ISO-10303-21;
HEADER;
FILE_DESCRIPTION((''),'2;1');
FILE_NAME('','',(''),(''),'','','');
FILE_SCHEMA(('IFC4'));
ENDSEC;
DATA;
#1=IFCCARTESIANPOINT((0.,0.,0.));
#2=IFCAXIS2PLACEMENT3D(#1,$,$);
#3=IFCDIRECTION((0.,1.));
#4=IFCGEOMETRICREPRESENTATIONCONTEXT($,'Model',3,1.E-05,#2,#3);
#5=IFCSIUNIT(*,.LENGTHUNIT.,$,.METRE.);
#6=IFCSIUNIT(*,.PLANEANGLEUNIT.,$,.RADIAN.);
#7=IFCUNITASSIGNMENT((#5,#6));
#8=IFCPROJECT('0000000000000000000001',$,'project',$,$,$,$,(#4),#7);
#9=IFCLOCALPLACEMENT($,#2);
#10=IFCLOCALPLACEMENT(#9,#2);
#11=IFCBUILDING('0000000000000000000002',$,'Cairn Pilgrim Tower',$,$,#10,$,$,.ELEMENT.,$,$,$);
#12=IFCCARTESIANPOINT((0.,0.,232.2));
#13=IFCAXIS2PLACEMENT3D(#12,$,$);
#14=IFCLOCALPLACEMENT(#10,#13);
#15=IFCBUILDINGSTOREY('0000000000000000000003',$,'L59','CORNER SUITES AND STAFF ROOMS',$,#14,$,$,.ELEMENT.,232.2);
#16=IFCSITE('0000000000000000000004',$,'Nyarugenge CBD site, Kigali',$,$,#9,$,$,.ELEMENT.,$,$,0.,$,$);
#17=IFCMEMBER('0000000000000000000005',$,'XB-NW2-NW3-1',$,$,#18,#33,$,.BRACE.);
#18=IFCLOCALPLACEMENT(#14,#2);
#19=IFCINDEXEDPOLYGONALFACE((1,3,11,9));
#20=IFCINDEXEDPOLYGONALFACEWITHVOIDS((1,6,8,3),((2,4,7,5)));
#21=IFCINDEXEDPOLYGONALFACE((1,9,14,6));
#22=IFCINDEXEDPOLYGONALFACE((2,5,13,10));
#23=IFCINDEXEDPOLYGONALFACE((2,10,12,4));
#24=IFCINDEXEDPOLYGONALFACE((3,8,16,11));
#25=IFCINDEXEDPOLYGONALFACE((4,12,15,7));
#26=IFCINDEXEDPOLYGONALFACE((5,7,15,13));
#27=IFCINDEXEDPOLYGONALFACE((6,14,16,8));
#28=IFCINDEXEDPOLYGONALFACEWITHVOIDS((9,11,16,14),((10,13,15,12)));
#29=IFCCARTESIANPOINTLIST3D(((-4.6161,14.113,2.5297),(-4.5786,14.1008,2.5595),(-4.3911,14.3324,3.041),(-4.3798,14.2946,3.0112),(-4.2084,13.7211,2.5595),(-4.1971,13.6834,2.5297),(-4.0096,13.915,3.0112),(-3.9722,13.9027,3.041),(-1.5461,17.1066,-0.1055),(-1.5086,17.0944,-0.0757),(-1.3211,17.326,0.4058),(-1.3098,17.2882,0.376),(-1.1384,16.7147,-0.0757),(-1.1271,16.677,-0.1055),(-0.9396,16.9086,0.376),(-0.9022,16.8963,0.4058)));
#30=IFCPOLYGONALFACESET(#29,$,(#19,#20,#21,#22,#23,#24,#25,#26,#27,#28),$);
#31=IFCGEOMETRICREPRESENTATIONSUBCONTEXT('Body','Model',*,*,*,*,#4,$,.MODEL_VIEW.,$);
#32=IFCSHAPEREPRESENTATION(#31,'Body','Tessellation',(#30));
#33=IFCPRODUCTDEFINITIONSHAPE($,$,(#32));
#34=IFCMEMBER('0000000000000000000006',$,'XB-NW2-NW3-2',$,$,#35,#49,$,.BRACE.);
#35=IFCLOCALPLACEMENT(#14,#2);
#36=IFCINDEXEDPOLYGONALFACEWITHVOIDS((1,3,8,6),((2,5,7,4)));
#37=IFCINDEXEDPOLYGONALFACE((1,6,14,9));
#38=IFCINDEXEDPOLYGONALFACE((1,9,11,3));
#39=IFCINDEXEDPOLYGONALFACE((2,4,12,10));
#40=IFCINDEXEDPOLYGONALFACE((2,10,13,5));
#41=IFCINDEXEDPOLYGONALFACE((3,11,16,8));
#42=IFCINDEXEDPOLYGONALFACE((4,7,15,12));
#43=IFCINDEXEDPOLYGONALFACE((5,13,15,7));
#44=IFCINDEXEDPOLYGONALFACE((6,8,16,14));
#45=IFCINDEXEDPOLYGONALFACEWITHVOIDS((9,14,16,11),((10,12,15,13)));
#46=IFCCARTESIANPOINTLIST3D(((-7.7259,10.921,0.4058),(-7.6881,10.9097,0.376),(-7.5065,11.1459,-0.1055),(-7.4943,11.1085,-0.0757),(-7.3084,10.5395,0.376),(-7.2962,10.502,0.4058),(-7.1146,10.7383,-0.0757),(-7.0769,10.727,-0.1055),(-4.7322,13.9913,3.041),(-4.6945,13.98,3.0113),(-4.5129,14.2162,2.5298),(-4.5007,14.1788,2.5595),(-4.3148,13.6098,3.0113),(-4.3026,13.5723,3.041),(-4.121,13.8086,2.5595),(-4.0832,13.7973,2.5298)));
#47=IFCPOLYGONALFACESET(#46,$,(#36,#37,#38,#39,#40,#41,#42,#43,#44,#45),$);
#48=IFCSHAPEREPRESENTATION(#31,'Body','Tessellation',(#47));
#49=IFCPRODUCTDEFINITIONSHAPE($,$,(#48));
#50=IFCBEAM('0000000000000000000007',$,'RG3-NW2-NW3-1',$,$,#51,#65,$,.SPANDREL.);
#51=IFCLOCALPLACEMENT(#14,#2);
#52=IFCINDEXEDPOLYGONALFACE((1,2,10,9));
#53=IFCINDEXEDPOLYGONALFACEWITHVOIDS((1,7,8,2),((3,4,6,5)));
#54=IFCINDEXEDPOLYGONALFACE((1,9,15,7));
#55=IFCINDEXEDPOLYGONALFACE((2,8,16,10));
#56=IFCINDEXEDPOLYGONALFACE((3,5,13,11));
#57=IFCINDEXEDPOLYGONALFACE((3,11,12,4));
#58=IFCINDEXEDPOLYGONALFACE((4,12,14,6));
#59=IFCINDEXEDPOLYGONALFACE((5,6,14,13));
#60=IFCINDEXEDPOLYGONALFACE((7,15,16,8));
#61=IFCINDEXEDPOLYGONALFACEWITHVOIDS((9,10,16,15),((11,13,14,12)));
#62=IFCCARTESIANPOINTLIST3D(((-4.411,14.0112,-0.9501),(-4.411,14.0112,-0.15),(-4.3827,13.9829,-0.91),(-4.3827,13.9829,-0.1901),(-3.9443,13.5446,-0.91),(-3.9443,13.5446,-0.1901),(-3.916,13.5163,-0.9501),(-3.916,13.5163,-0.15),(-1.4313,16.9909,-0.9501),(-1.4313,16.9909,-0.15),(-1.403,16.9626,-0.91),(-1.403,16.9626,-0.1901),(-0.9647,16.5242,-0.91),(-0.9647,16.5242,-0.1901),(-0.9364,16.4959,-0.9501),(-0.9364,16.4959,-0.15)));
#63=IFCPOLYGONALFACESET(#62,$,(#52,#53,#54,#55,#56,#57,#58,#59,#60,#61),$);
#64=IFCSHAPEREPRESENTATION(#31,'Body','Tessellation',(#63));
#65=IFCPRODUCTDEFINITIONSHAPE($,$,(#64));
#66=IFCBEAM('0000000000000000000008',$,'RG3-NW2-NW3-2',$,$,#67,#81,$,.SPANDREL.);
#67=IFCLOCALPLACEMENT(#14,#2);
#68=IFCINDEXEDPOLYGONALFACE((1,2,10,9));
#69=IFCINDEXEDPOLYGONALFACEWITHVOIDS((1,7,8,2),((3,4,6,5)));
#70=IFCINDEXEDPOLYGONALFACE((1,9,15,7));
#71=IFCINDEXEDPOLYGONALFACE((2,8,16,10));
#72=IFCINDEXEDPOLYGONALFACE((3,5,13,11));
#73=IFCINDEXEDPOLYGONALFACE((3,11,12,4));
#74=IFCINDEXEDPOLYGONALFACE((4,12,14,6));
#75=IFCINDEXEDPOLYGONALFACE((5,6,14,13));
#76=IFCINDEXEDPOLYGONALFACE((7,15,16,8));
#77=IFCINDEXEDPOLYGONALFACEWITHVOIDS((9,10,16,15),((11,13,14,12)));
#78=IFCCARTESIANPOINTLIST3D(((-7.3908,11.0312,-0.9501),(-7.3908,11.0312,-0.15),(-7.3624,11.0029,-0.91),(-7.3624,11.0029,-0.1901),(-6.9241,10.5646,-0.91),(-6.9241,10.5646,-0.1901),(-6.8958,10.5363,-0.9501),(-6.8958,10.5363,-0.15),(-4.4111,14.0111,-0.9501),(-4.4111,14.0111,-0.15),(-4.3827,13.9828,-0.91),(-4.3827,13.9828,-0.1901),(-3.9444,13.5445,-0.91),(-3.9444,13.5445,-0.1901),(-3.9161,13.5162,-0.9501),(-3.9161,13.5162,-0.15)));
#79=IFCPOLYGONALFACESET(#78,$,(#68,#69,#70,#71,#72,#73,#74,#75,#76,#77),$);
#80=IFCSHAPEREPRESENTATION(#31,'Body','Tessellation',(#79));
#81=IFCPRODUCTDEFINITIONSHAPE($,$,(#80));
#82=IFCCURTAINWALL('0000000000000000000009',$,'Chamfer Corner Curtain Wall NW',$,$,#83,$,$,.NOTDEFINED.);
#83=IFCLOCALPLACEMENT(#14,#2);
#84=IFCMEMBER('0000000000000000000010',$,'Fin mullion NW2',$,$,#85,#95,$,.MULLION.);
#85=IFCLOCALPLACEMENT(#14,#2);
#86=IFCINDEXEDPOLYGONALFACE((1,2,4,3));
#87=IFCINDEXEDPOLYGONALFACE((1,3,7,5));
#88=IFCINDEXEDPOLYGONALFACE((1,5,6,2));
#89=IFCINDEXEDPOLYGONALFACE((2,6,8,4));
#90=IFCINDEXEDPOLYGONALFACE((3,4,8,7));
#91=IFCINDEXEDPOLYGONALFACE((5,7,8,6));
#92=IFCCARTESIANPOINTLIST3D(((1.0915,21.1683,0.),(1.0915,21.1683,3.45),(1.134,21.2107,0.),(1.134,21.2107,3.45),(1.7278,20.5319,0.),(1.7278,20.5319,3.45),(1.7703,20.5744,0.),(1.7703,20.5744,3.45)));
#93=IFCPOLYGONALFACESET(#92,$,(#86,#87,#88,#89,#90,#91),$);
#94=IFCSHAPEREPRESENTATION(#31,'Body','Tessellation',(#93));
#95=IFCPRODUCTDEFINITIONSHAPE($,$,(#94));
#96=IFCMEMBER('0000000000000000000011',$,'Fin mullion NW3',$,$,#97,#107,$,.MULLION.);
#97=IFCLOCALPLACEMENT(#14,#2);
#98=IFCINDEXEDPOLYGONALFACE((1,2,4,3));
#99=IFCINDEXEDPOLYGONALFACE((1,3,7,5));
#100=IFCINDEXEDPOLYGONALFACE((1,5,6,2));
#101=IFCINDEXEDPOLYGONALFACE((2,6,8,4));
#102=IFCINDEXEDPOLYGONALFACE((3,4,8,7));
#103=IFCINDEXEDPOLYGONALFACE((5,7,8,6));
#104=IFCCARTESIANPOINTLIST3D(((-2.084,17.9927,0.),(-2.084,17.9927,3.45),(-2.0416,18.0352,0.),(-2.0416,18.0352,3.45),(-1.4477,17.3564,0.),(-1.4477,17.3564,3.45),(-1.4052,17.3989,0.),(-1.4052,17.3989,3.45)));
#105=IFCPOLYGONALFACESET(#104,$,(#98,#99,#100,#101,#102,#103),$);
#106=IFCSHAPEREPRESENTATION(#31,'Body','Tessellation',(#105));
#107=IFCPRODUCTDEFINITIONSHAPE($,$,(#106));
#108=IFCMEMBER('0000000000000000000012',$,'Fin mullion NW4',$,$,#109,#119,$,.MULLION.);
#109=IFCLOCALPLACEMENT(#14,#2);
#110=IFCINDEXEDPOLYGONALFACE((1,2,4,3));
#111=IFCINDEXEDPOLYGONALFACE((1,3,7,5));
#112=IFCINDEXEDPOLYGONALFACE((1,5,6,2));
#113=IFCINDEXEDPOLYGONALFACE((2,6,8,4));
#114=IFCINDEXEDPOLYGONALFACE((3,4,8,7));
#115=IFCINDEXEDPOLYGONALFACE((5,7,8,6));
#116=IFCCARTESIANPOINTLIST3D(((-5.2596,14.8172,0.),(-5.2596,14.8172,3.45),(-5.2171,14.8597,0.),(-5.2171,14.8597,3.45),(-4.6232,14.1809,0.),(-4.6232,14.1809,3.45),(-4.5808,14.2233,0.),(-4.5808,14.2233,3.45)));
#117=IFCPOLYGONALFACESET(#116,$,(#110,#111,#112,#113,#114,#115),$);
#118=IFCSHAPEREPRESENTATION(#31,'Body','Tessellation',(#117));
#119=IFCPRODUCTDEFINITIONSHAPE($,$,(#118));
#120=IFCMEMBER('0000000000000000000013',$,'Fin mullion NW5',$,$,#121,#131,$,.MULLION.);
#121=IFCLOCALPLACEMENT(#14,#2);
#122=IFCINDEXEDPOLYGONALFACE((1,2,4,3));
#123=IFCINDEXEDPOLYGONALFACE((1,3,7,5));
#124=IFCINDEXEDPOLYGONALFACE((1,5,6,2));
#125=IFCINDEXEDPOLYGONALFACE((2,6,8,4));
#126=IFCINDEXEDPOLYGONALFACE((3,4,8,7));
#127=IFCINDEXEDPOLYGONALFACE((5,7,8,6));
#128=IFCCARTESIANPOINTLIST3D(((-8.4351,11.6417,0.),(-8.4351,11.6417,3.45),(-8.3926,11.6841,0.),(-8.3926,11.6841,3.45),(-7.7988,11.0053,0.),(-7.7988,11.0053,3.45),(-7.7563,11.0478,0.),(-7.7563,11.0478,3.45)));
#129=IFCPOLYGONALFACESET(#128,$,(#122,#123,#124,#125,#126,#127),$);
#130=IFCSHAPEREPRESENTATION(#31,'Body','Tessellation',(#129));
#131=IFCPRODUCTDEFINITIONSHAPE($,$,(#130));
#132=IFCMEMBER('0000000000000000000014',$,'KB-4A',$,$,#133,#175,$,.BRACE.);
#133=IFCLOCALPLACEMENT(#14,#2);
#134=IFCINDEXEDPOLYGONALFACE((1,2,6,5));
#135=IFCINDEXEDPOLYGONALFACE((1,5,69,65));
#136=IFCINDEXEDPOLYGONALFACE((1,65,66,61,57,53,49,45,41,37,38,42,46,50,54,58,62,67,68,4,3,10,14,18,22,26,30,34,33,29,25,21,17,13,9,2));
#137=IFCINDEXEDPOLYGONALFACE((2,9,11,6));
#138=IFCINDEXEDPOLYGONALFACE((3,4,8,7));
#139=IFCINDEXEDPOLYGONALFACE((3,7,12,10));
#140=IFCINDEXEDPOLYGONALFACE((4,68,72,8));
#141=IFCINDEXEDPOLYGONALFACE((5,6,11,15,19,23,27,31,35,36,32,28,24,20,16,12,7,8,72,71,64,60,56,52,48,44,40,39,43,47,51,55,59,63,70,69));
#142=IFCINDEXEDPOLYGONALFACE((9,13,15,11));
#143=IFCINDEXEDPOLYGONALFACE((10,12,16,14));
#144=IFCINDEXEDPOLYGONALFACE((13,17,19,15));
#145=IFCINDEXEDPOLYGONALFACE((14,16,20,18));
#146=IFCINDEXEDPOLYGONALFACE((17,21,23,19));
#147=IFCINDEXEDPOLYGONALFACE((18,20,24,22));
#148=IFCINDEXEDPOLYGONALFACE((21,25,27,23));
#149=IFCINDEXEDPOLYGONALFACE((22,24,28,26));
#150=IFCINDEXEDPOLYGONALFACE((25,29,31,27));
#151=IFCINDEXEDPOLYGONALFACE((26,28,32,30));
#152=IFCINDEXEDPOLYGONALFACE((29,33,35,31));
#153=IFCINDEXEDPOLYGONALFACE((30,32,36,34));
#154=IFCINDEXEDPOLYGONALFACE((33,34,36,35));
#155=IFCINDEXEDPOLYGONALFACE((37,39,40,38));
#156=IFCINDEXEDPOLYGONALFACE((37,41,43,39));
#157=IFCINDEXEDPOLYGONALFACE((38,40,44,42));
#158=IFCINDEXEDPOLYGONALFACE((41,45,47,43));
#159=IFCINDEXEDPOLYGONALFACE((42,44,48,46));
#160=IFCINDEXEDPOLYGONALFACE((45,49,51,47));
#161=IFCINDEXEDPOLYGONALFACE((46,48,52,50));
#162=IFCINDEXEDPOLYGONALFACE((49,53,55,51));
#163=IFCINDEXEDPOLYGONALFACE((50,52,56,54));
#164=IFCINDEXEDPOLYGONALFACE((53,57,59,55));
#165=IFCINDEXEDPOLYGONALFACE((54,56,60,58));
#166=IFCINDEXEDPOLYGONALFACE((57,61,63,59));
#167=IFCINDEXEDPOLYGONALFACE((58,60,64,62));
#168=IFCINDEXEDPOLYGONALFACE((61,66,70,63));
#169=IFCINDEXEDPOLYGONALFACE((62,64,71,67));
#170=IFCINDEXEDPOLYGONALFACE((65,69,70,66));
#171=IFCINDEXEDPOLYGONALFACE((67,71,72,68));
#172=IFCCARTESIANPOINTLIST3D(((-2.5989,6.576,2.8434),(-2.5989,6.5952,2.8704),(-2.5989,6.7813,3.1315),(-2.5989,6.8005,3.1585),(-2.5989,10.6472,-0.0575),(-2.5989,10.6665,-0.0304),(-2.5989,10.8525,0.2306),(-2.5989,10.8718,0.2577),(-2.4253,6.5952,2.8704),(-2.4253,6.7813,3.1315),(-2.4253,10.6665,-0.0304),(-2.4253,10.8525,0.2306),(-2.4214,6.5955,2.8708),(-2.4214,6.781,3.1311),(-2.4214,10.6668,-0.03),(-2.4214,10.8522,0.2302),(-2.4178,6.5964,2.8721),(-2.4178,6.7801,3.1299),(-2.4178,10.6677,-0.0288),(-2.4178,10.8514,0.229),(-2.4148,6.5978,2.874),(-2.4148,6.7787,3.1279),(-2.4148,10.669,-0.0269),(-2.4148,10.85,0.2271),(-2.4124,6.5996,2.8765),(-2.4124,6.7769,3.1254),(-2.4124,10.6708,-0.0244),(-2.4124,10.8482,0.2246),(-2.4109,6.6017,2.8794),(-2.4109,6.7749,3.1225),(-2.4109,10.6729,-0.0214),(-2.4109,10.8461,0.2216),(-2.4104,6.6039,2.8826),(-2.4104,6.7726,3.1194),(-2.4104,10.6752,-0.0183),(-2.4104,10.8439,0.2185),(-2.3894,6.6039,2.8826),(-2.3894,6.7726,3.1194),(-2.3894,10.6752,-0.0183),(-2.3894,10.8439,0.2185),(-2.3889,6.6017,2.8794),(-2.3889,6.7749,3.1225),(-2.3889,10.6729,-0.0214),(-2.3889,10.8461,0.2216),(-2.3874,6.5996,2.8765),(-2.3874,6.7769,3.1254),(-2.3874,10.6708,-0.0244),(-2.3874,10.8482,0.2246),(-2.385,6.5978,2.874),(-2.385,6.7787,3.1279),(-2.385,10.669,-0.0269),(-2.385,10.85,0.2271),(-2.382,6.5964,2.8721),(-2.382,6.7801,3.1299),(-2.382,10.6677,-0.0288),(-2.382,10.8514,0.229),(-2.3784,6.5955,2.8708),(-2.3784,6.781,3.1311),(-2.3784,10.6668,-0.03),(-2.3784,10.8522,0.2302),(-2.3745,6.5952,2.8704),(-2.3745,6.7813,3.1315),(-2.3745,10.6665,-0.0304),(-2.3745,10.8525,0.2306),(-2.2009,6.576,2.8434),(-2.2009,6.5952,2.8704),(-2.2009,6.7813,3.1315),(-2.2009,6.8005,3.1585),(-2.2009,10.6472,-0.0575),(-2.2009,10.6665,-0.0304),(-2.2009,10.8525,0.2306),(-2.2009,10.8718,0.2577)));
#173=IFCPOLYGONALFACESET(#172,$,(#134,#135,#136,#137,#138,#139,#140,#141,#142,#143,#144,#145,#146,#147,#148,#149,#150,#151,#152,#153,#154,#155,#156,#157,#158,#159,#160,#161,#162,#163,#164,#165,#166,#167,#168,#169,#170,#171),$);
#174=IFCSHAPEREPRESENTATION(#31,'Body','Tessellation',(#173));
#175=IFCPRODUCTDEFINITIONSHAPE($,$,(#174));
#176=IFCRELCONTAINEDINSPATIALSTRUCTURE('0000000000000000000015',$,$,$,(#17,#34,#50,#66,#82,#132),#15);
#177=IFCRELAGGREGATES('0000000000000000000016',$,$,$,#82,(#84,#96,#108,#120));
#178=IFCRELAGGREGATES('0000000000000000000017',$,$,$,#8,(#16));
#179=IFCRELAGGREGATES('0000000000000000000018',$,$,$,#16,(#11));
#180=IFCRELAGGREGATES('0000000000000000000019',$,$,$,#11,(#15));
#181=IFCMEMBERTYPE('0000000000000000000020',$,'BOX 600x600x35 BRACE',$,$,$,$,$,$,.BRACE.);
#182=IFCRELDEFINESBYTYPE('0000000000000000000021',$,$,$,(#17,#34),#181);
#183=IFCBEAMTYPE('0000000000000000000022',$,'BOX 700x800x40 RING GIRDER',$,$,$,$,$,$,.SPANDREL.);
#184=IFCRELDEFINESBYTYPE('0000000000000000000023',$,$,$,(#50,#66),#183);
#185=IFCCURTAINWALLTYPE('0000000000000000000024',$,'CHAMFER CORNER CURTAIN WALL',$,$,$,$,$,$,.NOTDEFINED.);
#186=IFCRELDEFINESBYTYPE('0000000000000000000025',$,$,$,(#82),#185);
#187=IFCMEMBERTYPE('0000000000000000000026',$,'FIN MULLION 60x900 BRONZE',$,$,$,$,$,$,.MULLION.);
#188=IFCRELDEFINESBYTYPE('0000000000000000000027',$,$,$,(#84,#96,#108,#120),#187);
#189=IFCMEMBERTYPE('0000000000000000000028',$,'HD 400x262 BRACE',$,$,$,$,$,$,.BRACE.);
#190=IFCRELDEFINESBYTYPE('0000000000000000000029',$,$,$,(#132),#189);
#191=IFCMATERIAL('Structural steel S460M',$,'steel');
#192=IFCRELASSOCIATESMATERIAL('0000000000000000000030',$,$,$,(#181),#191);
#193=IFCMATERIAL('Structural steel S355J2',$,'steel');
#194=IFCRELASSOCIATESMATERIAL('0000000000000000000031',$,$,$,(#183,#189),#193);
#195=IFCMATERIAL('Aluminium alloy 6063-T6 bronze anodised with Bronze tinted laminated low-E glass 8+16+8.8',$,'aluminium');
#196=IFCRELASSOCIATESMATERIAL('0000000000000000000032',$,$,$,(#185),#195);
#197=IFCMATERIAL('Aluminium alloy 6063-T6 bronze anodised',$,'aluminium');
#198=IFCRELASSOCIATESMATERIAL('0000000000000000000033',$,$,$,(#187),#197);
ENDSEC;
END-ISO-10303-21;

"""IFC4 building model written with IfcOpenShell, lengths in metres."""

from ifc_helpers import new_model, si_unit, direction, frame, origin, origin_2d, place, context, subcontext, project, spatial, rectangle, hollow_rectangle, i_section, extrude, material, material_profile, profile_set, type_object, element, aggregate, save


model = new_model("IFC4")

# Units and contexts
model_context = context("Model", 3, precision=1e-05, world=origin(), true_north=direction((0.0, 1.0)))
body_context = subcontext(model_context, "Body", "Model", "MODEL_VIEW")
ifc_project = project(units=[si_unit("LENGTHUNIT", "METRE"), si_unit("PLANEANGLEUNIT", "RADIAN")], contexts=[model_context])

# Site, building, storey
site_placement = place(None, origin())
site = spatial("IfcSite", under=ifc_project, at=site_placement, Name="Nyarugenge CBD site, Kigali", CompositionType="ELEMENT", RefElevation=0.0)
building_placement = place(site_placement, origin())
building = spatial("IfcBuilding", under=site, at=building_placement, Name="Cairn Pilgrim Tower", CompositionType="ELEMENT")
storey_placement = place(building_placement, frame((0.0, 0.0, 232.2)))
storey = spatial("IfcBuildingStorey", under=building, at=storey_placement, Name="L59", Description="CORNER SUITES AND STAFF ROOMS", CompositionType="ELEMENT", Elevation=232.2)

# Shared definitions
ifc_material_1 = material(Name="Structural steel S355J2", Category="steel")
ifc_material_2 = material(Name="Structural steel S460M", Category="steel")

# Members
ifc_material_profile_1 = material_profile(ifc_material_2, hollow_rectangle(XDim=0.6001, YDim=0.6001, WallThickness=0.0349, at=origin_2d()), Name="BOX 600x600x35")
ifc_profile_set_1 = profile_set([ifc_material_profile_1], Name="Structural steel S460M")
member_type_1 = type_object("IfcMemberType", Name="BOX 600x600x35 BRACE", PredefinedType="BRACE", material=ifc_profile_set_1)
member_1_placement = place(storey_placement, frame((-1.2241, 17.0015, 0.1501), z_axis=(-0.609979, -0.594796, 0.523587), x_axis=(0.69814, -0.715961, 0.0)))
element("IfcMember", 1, at=member_1_placement, inside=storey, type_object=member_type_1, Name="XB-NW2-NW3-1", PredefinedType="BRACE", context=body_context, shape_type="SweptSolid", body=[
    extrude(hollow_rectangle(XDim=0.6001, YDim=0.6001, WallThickness=0.0349, at=origin_2d()), origin(), (0.0, 0.0, 1.0), 5.033),
])
member_2_placement = place(storey_placement, frame((-7.4014, 10.824, 0.1501), z_axis=(0.594778, 0.610009, 0.523572), x_axis=(-0.715989, 0.698112, 0.0)))
element("IfcMember", 2, at=member_2_placement, inside=storey, type_object=member_type_1, Name="XB-NW2-NW3-2", PredefinedType="BRACE", context=body_context, shape_type="SweptSolid", body=[
    extrude(hollow_rectangle(XDim=0.6001, YDim=0.6001, WallThickness=0.0349, at=origin_2d()), origin(), (0.0, 0.0, 1.0), 5.0332),
])

# Beams
ifc_material_profile_2 = material_profile(ifc_material_1, hollow_rectangle(XDim=0.7, YDim=0.8, WallThickness=0.04, at=origin_2d()), Name="BOX 700x800x40")
ifc_profile_set_2 = profile_set([ifc_material_profile_2], Name="Structural steel S355J2")
beam_type_1 = type_object("IfcBeamType", Name="BOX 700x800x40 RING GIRDER", PredefinedType="SPANDREL", material=ifc_profile_set_2)
beam_1_placement = place(storey_placement, frame((-1.1838, 16.7434, -0.55), z_axis=(-0.707107, -0.707107, 0.0), x_axis=(0.707107, -0.707107, 0.0)))
element("IfcBeam", 3, at=beam_1_placement, inside=storey, type_object=beam_type_1, Name="RG3-NW2-NW3-1", PredefinedType="SPANDREL", context=body_context, shape_type="SweptSolid", body=[
    extrude(hollow_rectangle(XDim=0.7, YDim=0.8, WallThickness=0.04, at=origin_2d()), origin(), (0.0, 0.0, 1.0), 4.2139),
])
beam_2_placement = place(storey_placement, frame((-4.1636, 13.7637, -0.55), z_axis=(-0.707078, -0.707136, 0.0), x_axis=(0.707136, -0.707078, 0.0)))
element("IfcBeam", 4, at=beam_2_placement, inside=storey, type_object=beam_type_1, Name="RG3-NW2-NW3-2", PredefinedType="SPANDREL", context=body_context, shape_type="SweptSolid", body=[
    extrude(hollow_rectangle(XDim=0.7, YDim=0.8, WallThickness=0.04, at=origin_2d()), origin(), (0.0, 0.0, 1.0), 4.2141),
])

# Curtain wall, members
ifc_material_3 = material(Name="Aluminium alloy 6063-T6 bronze anodised with Bronze tinted laminated low-E glass 8+16+8.8", Category="aluminium")
curtain_wall_type = type_object("IfcCurtainWallType", Name="CHAMFER CORNER CURTAIN WALL", PredefinedType="NOTDEFINED", material=ifc_material_3)
curtain_wall_placement = place(storey_placement, origin())
curtain_wall = element("IfcCurtainWall", 5, at=curtain_wall_placement, inside=storey, type_object=curtain_wall_type, Name="Chamfer Corner Curtain Wall NW", PredefinedType="NOTDEFINED")
ifc_material_4 = material(Name="Aluminium alloy 6063-T6 bronze anodised", Category="aluminium")
ifc_material_profile_3 = material_profile(ifc_material_4, rectangle(XDim=0.8999, YDim=0.0601, at=origin_2d()), Name="FIN MULLION 60x900 BRONZE")
ifc_profile_set_3 = profile_set([ifc_material_profile_3], Name="Aluminium alloy 6063-T6 bronze anodised")
member_type_2 = type_object("IfcMemberType", Name="FIN MULLION 60x900 BRONZE", PredefinedType="MULLION", material=ifc_profile_set_3)
member_3_placement = place(storey_placement, frame((1.4309, 20.8713, 0.0), z_axis=(0.0, 0.0, 1.0), x_axis=(-0.707107, 0.707107, 0.0)))
member_3 = element("IfcMember", 6, at=member_3_placement, type_object=member_type_2, Name="Fin mullion NW2", PredefinedType="MULLION", context=body_context, shape_type="SweptSolid", body=[
    extrude(rectangle(XDim=0.8999, YDim=0.0601, at=origin_2d()), origin(), (0.0, 0.0, 1.0), 3.45),
])
member_4_placement = place(storey_placement, frame((-1.7446, 17.6958, 0.0), z_axis=(0.0, 0.0, 1.0), x_axis=(-0.707107, 0.707107, 0.0)))
member_4 = element("IfcMember", 7, at=member_4_placement, type_object=member_type_2, Name="Fin mullion NW3", PredefinedType="MULLION", context=body_context, shape_type="SweptSolid", body=[
    extrude(rectangle(XDim=0.8999, YDim=0.0601, at=origin_2d()), origin(), (0.0, 0.0, 1.0), 3.45),
])
member_5_placement = place(storey_placement, frame((-4.9202, 14.5203, 0.0), z_axis=(0.0, 0.0, 1.0), x_axis=(-0.707107, 0.707107, 0.0)))
member_5 = element("IfcMember", 8, at=member_5_placement, type_object=member_type_2, Name="Fin mullion NW4", PredefinedType="MULLION", context=body_context, shape_type="SweptSolid", body=[
    extrude(rectangle(XDim=0.8999, YDim=0.0601, at=origin_2d()), origin(), (0.0, 0.0, 1.0), 3.45),
])
member_6_placement = place(storey_placement, frame((-8.0957, 11.3447, 0.0), z_axis=(0.0, 0.0, 1.0), x_axis=(-0.707107, 0.707107, 0.0)))
member_6 = element("IfcMember", 9, at=member_6_placement, type_object=member_type_2, Name="Fin mullion NW5", PredefinedType="MULLION", context=body_context, shape_type="SweptSolid", body=[
    extrude(rectangle(XDim=0.8999, YDim=0.0601, at=origin_2d()), origin(), (0.0, 0.0, 1.0), 3.45),
])

# Member
ifc_material_profile_4 = material_profile(ifc_material_1, i_section(OverallWidth=0.3979, OverallDepth=0.387, WebThickness=0.021, FlangeThickness=0.0332, FilletRadius=0.0149, at=origin_2d()), Name="HD 400x262")
ifc_profile_set_4 = profile_set([ifc_material_profile_4], Name="Structural steel S355J2")
member_type_3 = type_object("IfcMemberType", Name="HD 400x262 BRACE", PredefinedType="BRACE", material=ifc_profile_set_4)
member_7_placement = place(storey_placement, frame((-2.3999, 10.7595, 0.1001), z_axis=(0.0, -0.814413, 0.580286), x_axis=(1.0, 0.0, 0.0)))
element("IfcMember", 10, at=member_7_placement, inside=storey, type_object=member_type_3, Name="KB-4A", PredefinedType="BRACE", context=body_context, shape_type="SweptSolid", body=[
    extrude(i_section(OverallWidth=0.3979, OverallDepth=0.387, WebThickness=0.021, FlangeThickness=0.0332, FilletRadius=0.0149, at=origin_2d()), origin(), (0.0, 0.0, 1.0), 4.999),
])

aggregate(curtain_wall, [member_3, member_4, member_5, member_6])

save(model, "model.ifc")
